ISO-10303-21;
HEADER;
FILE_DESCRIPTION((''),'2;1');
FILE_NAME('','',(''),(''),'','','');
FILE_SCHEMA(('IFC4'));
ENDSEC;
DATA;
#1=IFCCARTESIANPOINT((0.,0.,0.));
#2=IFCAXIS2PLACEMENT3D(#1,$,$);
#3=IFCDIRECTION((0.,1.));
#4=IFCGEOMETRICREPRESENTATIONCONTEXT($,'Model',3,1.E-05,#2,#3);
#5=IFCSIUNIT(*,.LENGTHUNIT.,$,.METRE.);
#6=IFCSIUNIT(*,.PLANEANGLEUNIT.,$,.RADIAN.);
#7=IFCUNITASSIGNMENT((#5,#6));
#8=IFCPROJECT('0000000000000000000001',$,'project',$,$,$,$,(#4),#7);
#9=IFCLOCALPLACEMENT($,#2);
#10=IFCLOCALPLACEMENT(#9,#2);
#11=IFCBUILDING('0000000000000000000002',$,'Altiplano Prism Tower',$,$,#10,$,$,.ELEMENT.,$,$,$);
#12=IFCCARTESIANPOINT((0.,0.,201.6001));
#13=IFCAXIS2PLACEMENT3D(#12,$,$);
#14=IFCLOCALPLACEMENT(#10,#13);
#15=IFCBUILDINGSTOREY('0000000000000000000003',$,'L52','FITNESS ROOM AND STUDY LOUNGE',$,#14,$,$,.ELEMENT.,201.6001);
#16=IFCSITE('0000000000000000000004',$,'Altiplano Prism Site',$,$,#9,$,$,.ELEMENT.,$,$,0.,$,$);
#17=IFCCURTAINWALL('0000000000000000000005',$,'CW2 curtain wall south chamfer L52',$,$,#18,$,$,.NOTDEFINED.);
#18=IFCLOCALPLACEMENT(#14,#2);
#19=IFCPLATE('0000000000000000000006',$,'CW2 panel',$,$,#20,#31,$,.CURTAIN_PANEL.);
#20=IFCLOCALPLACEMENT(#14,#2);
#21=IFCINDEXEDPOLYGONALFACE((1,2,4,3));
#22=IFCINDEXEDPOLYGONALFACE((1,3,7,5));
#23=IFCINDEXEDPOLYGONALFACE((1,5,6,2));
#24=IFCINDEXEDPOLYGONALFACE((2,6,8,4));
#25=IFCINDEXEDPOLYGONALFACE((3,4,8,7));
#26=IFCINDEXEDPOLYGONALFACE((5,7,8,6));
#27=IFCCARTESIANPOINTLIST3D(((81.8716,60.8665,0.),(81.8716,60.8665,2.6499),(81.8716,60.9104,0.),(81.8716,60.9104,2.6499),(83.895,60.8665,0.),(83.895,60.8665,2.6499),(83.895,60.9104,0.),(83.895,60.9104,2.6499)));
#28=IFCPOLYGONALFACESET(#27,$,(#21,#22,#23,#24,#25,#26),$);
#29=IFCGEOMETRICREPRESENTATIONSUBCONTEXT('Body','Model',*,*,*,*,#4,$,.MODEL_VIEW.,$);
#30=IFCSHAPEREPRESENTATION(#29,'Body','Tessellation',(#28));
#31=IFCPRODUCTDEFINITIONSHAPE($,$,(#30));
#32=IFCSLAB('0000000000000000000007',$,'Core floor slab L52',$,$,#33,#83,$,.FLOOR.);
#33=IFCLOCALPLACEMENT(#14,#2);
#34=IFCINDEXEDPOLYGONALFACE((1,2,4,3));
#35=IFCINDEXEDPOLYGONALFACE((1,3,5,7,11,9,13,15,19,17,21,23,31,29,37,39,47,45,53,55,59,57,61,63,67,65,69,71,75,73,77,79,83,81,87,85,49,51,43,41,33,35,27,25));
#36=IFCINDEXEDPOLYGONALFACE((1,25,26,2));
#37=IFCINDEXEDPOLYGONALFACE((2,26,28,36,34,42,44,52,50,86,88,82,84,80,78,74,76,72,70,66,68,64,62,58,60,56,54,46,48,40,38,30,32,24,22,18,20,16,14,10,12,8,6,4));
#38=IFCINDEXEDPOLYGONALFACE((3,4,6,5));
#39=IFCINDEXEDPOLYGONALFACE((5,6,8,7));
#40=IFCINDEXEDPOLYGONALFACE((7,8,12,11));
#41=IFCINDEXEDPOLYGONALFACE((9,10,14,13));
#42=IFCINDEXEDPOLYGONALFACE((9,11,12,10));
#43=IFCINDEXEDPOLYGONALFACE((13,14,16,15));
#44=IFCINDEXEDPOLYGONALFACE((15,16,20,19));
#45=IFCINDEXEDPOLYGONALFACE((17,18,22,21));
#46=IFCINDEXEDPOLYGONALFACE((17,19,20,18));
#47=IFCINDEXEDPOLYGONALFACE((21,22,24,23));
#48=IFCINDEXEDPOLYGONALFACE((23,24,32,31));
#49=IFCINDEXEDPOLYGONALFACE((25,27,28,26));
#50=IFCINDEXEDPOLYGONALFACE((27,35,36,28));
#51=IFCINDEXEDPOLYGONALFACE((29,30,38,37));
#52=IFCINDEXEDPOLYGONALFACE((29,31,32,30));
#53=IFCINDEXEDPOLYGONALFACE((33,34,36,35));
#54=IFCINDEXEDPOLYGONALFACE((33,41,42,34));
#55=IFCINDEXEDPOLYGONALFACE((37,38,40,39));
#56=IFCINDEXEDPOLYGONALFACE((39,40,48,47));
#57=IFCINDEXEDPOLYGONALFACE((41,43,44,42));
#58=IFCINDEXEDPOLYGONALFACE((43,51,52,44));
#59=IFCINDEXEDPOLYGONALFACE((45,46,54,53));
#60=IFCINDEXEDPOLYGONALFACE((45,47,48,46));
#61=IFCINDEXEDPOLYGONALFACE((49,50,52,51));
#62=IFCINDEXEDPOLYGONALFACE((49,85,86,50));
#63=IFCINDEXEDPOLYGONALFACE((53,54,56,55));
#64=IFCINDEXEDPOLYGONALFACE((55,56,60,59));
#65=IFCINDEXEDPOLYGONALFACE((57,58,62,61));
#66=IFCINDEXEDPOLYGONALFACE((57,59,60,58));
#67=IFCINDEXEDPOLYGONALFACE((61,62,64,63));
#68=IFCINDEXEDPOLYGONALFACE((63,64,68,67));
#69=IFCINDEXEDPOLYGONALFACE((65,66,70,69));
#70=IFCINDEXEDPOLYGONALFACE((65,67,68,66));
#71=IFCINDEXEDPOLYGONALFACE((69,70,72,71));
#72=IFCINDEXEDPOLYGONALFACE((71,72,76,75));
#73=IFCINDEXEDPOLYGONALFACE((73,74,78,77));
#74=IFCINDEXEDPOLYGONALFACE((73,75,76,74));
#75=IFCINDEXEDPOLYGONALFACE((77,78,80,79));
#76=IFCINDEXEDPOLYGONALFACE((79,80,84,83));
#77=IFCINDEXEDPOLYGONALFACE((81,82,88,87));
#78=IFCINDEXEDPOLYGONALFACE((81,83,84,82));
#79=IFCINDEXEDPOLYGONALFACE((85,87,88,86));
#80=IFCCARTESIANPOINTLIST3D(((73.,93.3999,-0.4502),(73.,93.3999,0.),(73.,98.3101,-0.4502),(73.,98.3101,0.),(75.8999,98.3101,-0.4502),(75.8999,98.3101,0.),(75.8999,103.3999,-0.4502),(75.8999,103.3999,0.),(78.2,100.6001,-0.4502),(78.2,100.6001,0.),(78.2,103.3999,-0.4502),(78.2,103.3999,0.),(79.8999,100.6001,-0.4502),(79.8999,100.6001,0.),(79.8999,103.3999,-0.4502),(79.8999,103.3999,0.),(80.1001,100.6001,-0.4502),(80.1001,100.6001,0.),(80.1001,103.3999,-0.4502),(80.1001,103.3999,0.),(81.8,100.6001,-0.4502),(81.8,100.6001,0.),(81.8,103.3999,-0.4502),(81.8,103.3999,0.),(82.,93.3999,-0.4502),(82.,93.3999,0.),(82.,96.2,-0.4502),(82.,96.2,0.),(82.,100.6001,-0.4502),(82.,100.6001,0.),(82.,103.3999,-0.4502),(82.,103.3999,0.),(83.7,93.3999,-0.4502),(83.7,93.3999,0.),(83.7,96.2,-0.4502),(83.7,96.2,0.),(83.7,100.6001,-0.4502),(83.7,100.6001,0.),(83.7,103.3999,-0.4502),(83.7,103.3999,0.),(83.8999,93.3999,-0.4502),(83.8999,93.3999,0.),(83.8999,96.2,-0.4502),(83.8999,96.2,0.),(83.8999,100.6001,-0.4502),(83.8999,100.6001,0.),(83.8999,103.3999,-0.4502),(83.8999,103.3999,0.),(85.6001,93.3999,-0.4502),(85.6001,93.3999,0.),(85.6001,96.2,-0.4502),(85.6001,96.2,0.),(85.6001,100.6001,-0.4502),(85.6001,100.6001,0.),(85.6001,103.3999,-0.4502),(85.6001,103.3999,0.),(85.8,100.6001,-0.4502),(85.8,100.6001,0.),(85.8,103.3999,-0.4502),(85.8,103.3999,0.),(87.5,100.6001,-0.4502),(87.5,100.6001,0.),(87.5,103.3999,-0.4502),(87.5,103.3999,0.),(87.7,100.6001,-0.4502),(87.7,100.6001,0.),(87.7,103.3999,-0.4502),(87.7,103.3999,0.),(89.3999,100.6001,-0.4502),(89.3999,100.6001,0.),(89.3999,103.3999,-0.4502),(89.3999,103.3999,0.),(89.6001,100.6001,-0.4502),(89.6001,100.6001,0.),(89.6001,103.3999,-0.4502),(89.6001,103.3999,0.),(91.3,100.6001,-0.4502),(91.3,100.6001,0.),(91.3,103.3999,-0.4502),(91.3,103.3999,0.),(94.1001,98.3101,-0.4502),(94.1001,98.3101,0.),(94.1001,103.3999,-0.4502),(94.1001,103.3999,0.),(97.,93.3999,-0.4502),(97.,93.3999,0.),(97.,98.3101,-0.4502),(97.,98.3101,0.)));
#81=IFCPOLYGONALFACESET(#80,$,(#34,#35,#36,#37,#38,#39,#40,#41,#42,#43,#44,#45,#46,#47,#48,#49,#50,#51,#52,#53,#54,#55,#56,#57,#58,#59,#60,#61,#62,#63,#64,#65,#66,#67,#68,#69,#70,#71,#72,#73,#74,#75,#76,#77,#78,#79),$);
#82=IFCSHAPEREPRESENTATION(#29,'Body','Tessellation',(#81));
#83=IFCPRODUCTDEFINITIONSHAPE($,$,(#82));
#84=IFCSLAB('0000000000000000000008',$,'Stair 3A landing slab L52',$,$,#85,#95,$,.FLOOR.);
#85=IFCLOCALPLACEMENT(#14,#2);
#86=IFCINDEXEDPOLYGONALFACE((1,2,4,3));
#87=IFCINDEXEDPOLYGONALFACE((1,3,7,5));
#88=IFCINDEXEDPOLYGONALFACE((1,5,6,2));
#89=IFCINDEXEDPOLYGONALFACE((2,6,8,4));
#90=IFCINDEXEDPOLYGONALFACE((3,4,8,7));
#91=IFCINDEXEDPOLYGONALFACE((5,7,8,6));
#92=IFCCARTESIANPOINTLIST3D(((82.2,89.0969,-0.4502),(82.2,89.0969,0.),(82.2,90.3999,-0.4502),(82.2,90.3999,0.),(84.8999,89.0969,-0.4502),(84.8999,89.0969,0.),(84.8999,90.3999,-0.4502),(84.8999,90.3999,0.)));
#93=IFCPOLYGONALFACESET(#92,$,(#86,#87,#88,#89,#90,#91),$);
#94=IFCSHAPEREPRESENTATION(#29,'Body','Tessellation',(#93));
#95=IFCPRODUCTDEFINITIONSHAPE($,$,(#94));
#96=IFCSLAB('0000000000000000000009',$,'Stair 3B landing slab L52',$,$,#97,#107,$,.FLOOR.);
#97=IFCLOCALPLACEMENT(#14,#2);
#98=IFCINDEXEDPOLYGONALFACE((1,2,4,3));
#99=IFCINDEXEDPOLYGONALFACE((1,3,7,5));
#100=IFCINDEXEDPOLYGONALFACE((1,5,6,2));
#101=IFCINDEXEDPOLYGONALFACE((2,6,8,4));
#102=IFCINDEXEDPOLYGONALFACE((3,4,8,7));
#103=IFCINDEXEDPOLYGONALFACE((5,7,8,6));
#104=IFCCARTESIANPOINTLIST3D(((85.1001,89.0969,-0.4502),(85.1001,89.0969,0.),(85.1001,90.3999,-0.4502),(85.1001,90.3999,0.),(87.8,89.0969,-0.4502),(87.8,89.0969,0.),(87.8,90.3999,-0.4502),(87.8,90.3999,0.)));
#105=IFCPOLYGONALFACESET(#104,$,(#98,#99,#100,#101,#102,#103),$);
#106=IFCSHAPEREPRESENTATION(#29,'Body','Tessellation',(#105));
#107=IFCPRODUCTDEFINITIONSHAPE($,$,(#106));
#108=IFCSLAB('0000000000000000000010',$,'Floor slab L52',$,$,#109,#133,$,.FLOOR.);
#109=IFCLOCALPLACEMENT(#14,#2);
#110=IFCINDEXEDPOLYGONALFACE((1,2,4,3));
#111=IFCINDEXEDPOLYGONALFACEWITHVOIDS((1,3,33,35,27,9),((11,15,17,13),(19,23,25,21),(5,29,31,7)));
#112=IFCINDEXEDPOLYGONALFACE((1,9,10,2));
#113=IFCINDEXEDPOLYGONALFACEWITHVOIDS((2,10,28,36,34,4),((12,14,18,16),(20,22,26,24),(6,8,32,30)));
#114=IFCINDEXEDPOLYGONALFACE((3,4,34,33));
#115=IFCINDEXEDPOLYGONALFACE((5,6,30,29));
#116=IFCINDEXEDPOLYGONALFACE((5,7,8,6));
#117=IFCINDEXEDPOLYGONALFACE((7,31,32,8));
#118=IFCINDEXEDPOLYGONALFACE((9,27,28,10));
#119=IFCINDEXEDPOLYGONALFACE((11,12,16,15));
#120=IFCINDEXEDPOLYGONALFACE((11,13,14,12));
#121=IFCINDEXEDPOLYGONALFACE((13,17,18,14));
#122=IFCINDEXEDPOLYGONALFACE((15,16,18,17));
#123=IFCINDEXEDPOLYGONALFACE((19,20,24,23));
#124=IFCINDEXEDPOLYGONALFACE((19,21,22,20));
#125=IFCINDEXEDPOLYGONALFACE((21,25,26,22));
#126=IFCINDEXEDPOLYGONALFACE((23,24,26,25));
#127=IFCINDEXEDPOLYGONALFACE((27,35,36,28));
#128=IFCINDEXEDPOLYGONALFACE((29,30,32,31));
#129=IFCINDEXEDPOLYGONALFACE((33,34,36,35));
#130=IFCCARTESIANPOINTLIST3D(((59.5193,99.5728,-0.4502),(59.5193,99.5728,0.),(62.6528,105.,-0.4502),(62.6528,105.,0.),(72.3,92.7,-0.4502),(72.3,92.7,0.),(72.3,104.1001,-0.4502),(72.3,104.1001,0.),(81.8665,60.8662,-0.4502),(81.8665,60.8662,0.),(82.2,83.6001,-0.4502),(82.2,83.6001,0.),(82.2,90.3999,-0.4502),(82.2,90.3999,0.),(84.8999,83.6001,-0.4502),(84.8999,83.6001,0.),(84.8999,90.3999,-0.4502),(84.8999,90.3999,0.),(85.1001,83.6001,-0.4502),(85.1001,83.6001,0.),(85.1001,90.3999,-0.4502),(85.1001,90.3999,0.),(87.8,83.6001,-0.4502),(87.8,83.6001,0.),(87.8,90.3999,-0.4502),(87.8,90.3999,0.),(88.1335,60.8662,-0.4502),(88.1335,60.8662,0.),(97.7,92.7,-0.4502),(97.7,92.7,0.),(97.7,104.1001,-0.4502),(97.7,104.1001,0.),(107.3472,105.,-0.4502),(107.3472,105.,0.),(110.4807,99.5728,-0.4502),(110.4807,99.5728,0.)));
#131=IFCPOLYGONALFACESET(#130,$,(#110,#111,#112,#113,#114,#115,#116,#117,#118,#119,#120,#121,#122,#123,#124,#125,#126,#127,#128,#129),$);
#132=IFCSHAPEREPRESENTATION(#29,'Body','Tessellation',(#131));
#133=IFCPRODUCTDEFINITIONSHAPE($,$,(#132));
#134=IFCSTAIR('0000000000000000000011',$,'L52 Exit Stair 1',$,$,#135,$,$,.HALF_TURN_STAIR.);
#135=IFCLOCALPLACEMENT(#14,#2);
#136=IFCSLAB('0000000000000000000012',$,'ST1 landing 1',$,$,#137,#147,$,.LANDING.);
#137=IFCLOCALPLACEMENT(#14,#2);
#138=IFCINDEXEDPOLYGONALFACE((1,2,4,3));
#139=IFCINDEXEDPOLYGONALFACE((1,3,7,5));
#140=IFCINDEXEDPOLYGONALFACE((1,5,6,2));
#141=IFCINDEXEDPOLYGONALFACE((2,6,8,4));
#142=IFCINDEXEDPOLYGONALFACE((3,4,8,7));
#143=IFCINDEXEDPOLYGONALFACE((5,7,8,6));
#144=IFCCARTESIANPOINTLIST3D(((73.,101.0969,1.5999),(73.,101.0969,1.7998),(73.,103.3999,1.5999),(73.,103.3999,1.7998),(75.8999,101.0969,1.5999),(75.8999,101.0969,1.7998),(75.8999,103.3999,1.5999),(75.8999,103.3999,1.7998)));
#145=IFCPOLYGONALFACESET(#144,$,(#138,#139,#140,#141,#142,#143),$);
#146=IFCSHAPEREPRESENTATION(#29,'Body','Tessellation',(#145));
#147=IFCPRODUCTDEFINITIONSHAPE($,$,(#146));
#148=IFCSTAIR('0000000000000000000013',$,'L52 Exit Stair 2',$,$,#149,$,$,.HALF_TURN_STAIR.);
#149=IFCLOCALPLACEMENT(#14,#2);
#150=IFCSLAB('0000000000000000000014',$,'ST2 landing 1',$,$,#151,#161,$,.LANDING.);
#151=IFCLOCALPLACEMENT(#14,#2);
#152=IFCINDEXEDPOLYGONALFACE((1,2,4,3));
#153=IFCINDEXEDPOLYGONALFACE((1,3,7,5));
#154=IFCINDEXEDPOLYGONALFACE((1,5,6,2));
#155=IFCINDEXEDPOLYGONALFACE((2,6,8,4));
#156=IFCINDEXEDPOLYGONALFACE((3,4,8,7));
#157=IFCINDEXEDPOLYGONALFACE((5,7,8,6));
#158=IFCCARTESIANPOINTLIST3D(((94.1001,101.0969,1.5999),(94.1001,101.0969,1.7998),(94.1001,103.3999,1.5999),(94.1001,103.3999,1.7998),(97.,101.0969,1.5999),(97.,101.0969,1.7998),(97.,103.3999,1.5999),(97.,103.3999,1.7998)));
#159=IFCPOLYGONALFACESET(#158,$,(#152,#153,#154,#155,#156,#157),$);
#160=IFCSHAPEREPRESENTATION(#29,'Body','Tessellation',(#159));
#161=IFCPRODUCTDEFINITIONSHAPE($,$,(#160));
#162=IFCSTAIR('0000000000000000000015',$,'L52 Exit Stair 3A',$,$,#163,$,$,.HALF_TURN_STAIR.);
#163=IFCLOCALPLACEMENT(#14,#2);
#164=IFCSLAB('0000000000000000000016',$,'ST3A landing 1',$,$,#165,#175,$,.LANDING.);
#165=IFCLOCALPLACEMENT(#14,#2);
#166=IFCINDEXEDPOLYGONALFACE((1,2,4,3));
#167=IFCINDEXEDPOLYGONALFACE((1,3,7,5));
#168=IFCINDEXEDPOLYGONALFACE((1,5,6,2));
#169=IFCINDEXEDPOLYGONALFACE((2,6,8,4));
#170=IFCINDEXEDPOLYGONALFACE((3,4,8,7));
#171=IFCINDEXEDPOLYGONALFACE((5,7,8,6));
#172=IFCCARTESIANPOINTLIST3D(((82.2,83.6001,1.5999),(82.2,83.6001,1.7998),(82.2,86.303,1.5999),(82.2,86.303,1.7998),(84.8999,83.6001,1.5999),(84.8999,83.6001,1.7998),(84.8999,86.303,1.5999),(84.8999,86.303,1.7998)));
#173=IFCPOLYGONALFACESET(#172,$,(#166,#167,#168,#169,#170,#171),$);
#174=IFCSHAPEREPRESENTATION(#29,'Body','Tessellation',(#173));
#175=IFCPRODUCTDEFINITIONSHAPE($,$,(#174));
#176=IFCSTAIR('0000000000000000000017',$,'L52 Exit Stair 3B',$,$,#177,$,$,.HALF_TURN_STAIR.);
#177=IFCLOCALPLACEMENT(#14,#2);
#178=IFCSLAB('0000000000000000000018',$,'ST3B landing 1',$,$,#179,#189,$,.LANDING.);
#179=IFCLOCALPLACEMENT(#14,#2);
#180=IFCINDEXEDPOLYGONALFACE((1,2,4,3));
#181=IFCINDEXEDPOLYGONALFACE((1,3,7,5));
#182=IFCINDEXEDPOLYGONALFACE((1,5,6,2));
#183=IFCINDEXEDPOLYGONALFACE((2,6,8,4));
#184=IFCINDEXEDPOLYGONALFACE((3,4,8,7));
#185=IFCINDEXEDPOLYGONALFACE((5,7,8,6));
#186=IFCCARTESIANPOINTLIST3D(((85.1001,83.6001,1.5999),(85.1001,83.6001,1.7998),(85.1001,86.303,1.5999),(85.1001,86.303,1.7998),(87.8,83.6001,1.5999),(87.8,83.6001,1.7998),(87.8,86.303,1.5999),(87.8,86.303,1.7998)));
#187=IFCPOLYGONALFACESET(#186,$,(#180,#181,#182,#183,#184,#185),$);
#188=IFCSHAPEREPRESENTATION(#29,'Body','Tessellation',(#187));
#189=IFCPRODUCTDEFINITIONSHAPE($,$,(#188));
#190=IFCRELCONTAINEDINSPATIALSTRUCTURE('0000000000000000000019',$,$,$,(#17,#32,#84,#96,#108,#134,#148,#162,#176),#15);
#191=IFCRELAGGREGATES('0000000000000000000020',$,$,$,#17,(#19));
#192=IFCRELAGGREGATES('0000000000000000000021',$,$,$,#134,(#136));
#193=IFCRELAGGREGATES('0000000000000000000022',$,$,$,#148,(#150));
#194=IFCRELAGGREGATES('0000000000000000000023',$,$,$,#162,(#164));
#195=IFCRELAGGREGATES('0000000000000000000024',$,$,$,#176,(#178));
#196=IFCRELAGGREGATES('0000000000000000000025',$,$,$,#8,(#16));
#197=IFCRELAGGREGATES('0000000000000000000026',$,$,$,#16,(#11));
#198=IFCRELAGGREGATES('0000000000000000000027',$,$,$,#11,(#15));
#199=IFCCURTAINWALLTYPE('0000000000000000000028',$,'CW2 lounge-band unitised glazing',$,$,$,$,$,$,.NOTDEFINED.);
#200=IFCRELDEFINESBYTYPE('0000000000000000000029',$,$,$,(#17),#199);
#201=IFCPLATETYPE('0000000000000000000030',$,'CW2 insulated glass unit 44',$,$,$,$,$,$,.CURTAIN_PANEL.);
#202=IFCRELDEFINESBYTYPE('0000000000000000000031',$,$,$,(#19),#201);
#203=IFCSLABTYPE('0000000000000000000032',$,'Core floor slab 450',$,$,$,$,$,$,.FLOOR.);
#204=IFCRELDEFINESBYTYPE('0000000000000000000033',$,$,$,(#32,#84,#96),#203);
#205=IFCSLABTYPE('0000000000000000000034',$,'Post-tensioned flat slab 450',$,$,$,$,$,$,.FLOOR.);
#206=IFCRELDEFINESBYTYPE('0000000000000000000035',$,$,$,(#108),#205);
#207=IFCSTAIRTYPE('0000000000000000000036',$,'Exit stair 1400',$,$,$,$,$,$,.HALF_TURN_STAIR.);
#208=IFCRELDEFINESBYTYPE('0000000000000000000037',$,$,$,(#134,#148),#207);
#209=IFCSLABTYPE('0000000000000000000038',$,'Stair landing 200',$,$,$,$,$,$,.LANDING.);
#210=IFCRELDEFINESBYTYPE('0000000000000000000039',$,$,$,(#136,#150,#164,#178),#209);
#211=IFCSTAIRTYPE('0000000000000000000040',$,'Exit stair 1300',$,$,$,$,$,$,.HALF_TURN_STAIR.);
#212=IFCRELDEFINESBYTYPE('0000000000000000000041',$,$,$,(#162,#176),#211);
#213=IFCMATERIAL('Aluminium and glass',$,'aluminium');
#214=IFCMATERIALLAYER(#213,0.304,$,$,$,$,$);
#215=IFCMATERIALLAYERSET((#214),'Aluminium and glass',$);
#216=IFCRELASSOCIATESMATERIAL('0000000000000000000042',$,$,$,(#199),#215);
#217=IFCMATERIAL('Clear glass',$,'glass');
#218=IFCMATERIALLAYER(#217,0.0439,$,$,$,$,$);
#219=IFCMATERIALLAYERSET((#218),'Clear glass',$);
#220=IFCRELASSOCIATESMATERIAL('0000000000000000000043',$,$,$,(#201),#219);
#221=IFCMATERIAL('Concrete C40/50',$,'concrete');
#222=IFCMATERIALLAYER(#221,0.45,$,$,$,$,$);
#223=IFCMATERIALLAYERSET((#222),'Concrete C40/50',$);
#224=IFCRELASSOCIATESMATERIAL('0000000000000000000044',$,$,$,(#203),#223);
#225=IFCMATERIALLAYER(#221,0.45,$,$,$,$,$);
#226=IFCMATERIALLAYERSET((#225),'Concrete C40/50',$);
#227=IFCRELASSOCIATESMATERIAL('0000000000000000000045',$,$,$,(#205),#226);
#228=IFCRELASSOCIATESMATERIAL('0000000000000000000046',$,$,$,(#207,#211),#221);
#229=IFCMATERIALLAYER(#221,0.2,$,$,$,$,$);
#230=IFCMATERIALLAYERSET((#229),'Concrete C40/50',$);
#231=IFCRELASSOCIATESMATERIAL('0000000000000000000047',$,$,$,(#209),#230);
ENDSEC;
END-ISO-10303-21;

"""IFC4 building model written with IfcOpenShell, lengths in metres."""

from ifc_helpers import new_model, si_unit, direction, frame, origin, origin_2d, place, context, subcontext, project, spatial, polyline, rectangle, outline, extrude, material, layer, layer_set, type_object, element, aggregate, save


model = new_model("IFC4")

# Units and contexts
model_context = context("Model", 3, precision=1e-05, world=origin(), true_north=direction((0.0, 1.0)))
body_context = subcontext(model_context, "Body", "Model", "MODEL_VIEW")
ifc_project = project(units=[si_unit("LENGTHUNIT", "METRE"), si_unit("PLANEANGLEUNIT", "RADIAN")], contexts=[model_context])

# Site, building, storey
site_placement = place(None, origin())
site = spatial("IfcSite", under=ifc_project, at=site_placement, Name="Altiplano Prism Site", CompositionType="ELEMENT", RefElevation=0.0)
building_placement = place(site_placement, origin())
building = spatial("IfcBuilding", under=site, at=building_placement, Name="Altiplano Prism Tower", CompositionType="ELEMENT")
storey_placement = place(building_placement, frame((0.0, 0.0, 201.6001)))
storey = spatial("IfcBuildingStorey", under=building, at=storey_placement, Name="L52", Description="FITNESS ROOM AND STUDY LOUNGE", CompositionType="ELEMENT", Elevation=201.6001)

# Shared definitions
ifc_material_1 = material(Name="Aluminium and glass", Category="aluminium")
ifc_layer_1 = layer(ifc_material_1, 0.304)
ifc_layer_set_1 = layer_set([ifc_layer_1], Name="Aluminium and glass")
curtain_wall_type = type_object("IfcCurtainWallType", Name="CW2 lounge-band unitised glazing", PredefinedType="NOTDEFINED", material=ifc_layer_set_1)

# Curtain wall
curtain_wall_1_placement = place(storey_placement, origin())
curtain_wall_1 = element("IfcCurtainWall", 1, at=curtain_wall_1_placement, inside=storey, type_object=curtain_wall_type, Name="CW2 curtain wall south chamfer L52", PredefinedType="NOTDEFINED")

# Plate
ifc_material_2 = material(Name="Clear glass", Category="glass")
ifc_layer_2 = layer(ifc_material_2, 0.0439)
ifc_layer_set_2 = layer_set([ifc_layer_2], Name="Clear glass")
plate_type = type_object("IfcPlateType", Name="CW2 insulated glass unit 44", PredefinedType="CURTAIN_PANEL", material=ifc_layer_set_2)
plate_1_placement = place(storey_placement, frame((82.8833, 60.8884, 0.0), z_axis=(0.0, 0.0, 1.0), x_axis=(1.0, 0.0, 0.0)))
plate_1 = element("IfcPlate", 2, at=plate_1_placement, type_object=plate_type, Name="CW2 panel", PredefinedType="CURTAIN_PANEL", context=body_context, shape_type="SweptSolid", body=[
    extrude(rectangle(XDim=2.0234, YDim=0.0439, at=origin_2d()), origin(), (0.0, 0.0, 1.0), 2.6499),
])
aggregate(curtain_wall_1, [plate_1])

# Slabs
ifc_material_3 = material(Name="Concrete C40/50", Category="concrete")
ifc_layer_3 = layer(ifc_material_3, 0.45)
ifc_layer_set_3 = layer_set([ifc_layer_3], Name="Concrete C40/50")
slab_type_1 = type_object("IfcSlabType", Name="Core floor slab 450", PredefinedType="FLOOR", material=ifc_layer_set_3)
slab_1_placement = place(storey_placement, frame((0.0, 0.0, -0.4502)))
element("IfcSlab", 3, at=slab_1_placement, inside=storey, type_object=slab_type_1, Name="Core floor slab L52", PredefinedType="FLOOR", context=body_context, shape_type="SweptSolid", body=[
    extrude(outline(polyline([(97.0, 98.3101), (94.1001, 98.3101), (94.1001, 103.3999), (91.3, 103.3999), (91.3, 100.6001), (89.6001, 100.6001), (89.6001, 103.3999), (89.3999, 103.3999), (89.3999, 100.6001), (87.7, 100.6001), (87.7, 103.3999), (87.5, 103.3999), (87.5, 100.6001), (85.8, 100.6001), (85.8, 103.3999), (85.6001, 103.3999), (85.6001, 100.6001), (83.8999, 100.6001), (83.8999, 103.3999), (83.7, 103.3999), (83.7, 100.6001), (82.0, 100.6001), (82.0, 103.3999), (81.8, 103.3999), (81.8, 100.6001), (80.1001, 100.6001), (80.1001, 103.3999), (79.8999, 103.3999), (79.8999, 100.6001), (78.2, 100.6001), (78.2, 103.3999), (75.8999, 103.3999), (75.8999, 98.3101), (73.0, 98.3101), (73.0, 93.3999), (82.0, 93.3999), (82.0, 96.2), (83.7, 96.2), (83.7, 93.3999), (83.8999, 93.3999), (83.8999, 96.2), (85.6001, 96.2), (85.6001, 93.3999), (97.0, 93.3999), (97.0, 98.3101)])), origin(), (0.0, 0.0, 1.0), 0.4502),
])
slab_2_placement = place(storey_placement, frame((0.0, 0.0, -0.4502)))
element("IfcSlab", 4, at=slab_2_placement, inside=storey, type_object=slab_type_1, Name="Stair 3A landing slab L52", PredefinedType="FLOOR", context=body_context, shape_type="SweptSolid", body=[
    extrude(outline(polyline([(82.2, 89.0969), (84.8999, 89.0969), (84.8999, 90.3999), (82.2, 90.3999), (82.2, 89.0969)])), origin(), (0.0, 0.0, 1.0), 0.4502),
])
slab_3_placement = place(storey_placement, frame((0.0, 0.0, -0.4502)))
element("IfcSlab", 5, at=slab_3_placement, inside=storey, type_object=slab_type_1, Name="Stair 3B landing slab L52", PredefinedType="FLOOR", context=body_context, shape_type="SweptSolid", body=[
    extrude(outline(polyline([(85.1001, 89.0969), (87.8, 89.0969), (87.8, 90.3999), (85.1001, 90.3999), (85.1001, 89.0969)])), origin(), (0.0, 0.0, 1.0), 0.4502),
])
ifc_layer_4 = layer(ifc_material_3, 0.45)
ifc_layer_set_4 = layer_set([ifc_layer_4], Name="Concrete C40/50")
slab_type_2 = type_object("IfcSlabType", Name="Post-tensioned flat slab 450", PredefinedType="FLOOR", material=ifc_layer_set_4)
slab_4_placement = place(storey_placement, frame((0.0, 0.0, -0.4502)))
element("IfcSlab", 6, at=slab_4_placement, inside=storey, type_object=slab_type_2, Name="Floor slab L52", PredefinedType="FLOOR", context=body_context, shape_type="SweptSolid", body=[
    extrude(outline(polyline([(81.8665, 60.8662), (59.5193, 99.5728), (62.6528, 105.0), (107.3472, 105.0), (110.4807, 99.5728), (88.1335, 60.8662), (81.8665, 60.8662)]), holes=[polyline([(72.3, 104.1001), (72.3, 92.7), (97.7, 92.7), (97.7, 104.1001), (72.3, 104.1001)]), polyline([(84.8999, 90.3999), (82.2, 90.3999), (82.2, 83.6001), (84.8999, 83.6001), (84.8999, 90.3999)]), polyline([(87.8, 83.6001), (87.8, 90.3999), (85.1001, 90.3999), (85.1001, 83.6001), (87.8, 83.6001)])]), origin(), (0.0, 0.0, 1.0), 0.4502),
])

# Stairs, slabs
stair_type_1 = type_object("IfcStairType", Name="Exit stair 1400", PredefinedType="HALF_TURN_STAIR", material=ifc_material_3)
stair_1_placement = place(storey_placement, origin())
stair_1 = element("IfcStair", 7, at=stair_1_placement, inside=storey, type_object=stair_type_1, Name="L52 Exit Stair 1", PredefinedType="HALF_TURN_STAIR")
ifc_layer_5 = layer(ifc_material_3, 0.2)
ifc_layer_set_5 = layer_set([ifc_layer_5], Name="Concrete C40/50")
slab_type_3 = type_object("IfcSlabType", Name="Stair landing 200", PredefinedType="LANDING", material=ifc_layer_set_5)
slab_5_placement = place(storey_placement, frame((0.0, 0.0, 1.5999)))
slab_5 = element("IfcSlab", 8, at=slab_5_placement, type_object=slab_type_3, Name="ST1 landing 1", PredefinedType="LANDING", context=body_context, shape_type="SweptSolid", body=[
    extrude(outline(polyline([(75.8999, 101.0969), (75.8999, 103.3999), (73.0, 103.3999), (73.0, 101.0969), (75.8999, 101.0969)])), origin(), (0.0, 0.0, 1.0), 0.2),
])
aggregate(stair_1, [slab_5])
stair_2_placement = place(storey_placement, origin())
stair_2 = element("IfcStair", 9, at=stair_2_placement, inside=storey, type_object=stair_type_1, Name="L52 Exit Stair 2", PredefinedType="HALF_TURN_STAIR")
slab_6_placement = place(storey_placement, frame((0.0, 0.0, 1.5999)))
slab_6 = element("IfcSlab", 10, at=slab_6_placement, type_object=slab_type_3, Name="ST2 landing 1", PredefinedType="LANDING", context=body_context, shape_type="SweptSolid", body=[
    extrude(outline(polyline([(97.0, 101.0969), (97.0, 103.3999), (94.1001, 103.3999), (94.1001, 101.0969), (97.0, 101.0969)])), origin(), (0.0, 0.0, 1.0), 0.2),
])
aggregate(stair_2, [slab_6])
stair_type_2 = type_object("IfcStairType", Name="Exit stair 1300", PredefinedType="HALF_TURN_STAIR", material=ifc_material_3)
stair_3_placement = place(storey_placement, origin())
stair_3 = element("IfcStair", 11, at=stair_3_placement, inside=storey, type_object=stair_type_2, Name="L52 Exit Stair 3A", PredefinedType="HALF_TURN_STAIR")
slab_7_placement = place(storey_placement, frame((0.0, 0.0, 1.5999)))
slab_7 = element("IfcSlab", 12, at=slab_7_placement, type_object=slab_type_3, Name="ST3A landing 1", PredefinedType="LANDING", context=body_context, shape_type="SweptSolid", body=[
    extrude(outline(polyline([(82.2, 86.303), (82.2, 83.6001), (84.8999, 83.6001), (84.8999, 86.303), (82.2, 86.303)])), origin(), (0.0, 0.0, 1.0), 0.2),
])
aggregate(stair_3, [slab_7])
stair_4_placement = place(storey_placement, origin())
stair_4 = element("IfcStair", 13, at=stair_4_placement, inside=storey, type_object=stair_type_2, Name="L52 Exit Stair 3B", PredefinedType="HALF_TURN_STAIR")
slab_8_placement = place(storey_placement, frame((0.0, 0.0, 1.5999)))
slab_8 = element("IfcSlab", 14, at=slab_8_placement, type_object=slab_type_3, Name="ST3B landing 1", PredefinedType="LANDING", context=body_context, shape_type="SweptSolid", body=[
    extrude(outline(polyline([(85.1001, 86.303), (85.1001, 83.6001), (87.8, 83.6001), (87.8, 86.303), (85.1001, 86.303)])), origin(), (0.0, 0.0, 1.0), 0.2),
])
aggregate(stair_4, [slab_8])

save(model, "model.ifc")
